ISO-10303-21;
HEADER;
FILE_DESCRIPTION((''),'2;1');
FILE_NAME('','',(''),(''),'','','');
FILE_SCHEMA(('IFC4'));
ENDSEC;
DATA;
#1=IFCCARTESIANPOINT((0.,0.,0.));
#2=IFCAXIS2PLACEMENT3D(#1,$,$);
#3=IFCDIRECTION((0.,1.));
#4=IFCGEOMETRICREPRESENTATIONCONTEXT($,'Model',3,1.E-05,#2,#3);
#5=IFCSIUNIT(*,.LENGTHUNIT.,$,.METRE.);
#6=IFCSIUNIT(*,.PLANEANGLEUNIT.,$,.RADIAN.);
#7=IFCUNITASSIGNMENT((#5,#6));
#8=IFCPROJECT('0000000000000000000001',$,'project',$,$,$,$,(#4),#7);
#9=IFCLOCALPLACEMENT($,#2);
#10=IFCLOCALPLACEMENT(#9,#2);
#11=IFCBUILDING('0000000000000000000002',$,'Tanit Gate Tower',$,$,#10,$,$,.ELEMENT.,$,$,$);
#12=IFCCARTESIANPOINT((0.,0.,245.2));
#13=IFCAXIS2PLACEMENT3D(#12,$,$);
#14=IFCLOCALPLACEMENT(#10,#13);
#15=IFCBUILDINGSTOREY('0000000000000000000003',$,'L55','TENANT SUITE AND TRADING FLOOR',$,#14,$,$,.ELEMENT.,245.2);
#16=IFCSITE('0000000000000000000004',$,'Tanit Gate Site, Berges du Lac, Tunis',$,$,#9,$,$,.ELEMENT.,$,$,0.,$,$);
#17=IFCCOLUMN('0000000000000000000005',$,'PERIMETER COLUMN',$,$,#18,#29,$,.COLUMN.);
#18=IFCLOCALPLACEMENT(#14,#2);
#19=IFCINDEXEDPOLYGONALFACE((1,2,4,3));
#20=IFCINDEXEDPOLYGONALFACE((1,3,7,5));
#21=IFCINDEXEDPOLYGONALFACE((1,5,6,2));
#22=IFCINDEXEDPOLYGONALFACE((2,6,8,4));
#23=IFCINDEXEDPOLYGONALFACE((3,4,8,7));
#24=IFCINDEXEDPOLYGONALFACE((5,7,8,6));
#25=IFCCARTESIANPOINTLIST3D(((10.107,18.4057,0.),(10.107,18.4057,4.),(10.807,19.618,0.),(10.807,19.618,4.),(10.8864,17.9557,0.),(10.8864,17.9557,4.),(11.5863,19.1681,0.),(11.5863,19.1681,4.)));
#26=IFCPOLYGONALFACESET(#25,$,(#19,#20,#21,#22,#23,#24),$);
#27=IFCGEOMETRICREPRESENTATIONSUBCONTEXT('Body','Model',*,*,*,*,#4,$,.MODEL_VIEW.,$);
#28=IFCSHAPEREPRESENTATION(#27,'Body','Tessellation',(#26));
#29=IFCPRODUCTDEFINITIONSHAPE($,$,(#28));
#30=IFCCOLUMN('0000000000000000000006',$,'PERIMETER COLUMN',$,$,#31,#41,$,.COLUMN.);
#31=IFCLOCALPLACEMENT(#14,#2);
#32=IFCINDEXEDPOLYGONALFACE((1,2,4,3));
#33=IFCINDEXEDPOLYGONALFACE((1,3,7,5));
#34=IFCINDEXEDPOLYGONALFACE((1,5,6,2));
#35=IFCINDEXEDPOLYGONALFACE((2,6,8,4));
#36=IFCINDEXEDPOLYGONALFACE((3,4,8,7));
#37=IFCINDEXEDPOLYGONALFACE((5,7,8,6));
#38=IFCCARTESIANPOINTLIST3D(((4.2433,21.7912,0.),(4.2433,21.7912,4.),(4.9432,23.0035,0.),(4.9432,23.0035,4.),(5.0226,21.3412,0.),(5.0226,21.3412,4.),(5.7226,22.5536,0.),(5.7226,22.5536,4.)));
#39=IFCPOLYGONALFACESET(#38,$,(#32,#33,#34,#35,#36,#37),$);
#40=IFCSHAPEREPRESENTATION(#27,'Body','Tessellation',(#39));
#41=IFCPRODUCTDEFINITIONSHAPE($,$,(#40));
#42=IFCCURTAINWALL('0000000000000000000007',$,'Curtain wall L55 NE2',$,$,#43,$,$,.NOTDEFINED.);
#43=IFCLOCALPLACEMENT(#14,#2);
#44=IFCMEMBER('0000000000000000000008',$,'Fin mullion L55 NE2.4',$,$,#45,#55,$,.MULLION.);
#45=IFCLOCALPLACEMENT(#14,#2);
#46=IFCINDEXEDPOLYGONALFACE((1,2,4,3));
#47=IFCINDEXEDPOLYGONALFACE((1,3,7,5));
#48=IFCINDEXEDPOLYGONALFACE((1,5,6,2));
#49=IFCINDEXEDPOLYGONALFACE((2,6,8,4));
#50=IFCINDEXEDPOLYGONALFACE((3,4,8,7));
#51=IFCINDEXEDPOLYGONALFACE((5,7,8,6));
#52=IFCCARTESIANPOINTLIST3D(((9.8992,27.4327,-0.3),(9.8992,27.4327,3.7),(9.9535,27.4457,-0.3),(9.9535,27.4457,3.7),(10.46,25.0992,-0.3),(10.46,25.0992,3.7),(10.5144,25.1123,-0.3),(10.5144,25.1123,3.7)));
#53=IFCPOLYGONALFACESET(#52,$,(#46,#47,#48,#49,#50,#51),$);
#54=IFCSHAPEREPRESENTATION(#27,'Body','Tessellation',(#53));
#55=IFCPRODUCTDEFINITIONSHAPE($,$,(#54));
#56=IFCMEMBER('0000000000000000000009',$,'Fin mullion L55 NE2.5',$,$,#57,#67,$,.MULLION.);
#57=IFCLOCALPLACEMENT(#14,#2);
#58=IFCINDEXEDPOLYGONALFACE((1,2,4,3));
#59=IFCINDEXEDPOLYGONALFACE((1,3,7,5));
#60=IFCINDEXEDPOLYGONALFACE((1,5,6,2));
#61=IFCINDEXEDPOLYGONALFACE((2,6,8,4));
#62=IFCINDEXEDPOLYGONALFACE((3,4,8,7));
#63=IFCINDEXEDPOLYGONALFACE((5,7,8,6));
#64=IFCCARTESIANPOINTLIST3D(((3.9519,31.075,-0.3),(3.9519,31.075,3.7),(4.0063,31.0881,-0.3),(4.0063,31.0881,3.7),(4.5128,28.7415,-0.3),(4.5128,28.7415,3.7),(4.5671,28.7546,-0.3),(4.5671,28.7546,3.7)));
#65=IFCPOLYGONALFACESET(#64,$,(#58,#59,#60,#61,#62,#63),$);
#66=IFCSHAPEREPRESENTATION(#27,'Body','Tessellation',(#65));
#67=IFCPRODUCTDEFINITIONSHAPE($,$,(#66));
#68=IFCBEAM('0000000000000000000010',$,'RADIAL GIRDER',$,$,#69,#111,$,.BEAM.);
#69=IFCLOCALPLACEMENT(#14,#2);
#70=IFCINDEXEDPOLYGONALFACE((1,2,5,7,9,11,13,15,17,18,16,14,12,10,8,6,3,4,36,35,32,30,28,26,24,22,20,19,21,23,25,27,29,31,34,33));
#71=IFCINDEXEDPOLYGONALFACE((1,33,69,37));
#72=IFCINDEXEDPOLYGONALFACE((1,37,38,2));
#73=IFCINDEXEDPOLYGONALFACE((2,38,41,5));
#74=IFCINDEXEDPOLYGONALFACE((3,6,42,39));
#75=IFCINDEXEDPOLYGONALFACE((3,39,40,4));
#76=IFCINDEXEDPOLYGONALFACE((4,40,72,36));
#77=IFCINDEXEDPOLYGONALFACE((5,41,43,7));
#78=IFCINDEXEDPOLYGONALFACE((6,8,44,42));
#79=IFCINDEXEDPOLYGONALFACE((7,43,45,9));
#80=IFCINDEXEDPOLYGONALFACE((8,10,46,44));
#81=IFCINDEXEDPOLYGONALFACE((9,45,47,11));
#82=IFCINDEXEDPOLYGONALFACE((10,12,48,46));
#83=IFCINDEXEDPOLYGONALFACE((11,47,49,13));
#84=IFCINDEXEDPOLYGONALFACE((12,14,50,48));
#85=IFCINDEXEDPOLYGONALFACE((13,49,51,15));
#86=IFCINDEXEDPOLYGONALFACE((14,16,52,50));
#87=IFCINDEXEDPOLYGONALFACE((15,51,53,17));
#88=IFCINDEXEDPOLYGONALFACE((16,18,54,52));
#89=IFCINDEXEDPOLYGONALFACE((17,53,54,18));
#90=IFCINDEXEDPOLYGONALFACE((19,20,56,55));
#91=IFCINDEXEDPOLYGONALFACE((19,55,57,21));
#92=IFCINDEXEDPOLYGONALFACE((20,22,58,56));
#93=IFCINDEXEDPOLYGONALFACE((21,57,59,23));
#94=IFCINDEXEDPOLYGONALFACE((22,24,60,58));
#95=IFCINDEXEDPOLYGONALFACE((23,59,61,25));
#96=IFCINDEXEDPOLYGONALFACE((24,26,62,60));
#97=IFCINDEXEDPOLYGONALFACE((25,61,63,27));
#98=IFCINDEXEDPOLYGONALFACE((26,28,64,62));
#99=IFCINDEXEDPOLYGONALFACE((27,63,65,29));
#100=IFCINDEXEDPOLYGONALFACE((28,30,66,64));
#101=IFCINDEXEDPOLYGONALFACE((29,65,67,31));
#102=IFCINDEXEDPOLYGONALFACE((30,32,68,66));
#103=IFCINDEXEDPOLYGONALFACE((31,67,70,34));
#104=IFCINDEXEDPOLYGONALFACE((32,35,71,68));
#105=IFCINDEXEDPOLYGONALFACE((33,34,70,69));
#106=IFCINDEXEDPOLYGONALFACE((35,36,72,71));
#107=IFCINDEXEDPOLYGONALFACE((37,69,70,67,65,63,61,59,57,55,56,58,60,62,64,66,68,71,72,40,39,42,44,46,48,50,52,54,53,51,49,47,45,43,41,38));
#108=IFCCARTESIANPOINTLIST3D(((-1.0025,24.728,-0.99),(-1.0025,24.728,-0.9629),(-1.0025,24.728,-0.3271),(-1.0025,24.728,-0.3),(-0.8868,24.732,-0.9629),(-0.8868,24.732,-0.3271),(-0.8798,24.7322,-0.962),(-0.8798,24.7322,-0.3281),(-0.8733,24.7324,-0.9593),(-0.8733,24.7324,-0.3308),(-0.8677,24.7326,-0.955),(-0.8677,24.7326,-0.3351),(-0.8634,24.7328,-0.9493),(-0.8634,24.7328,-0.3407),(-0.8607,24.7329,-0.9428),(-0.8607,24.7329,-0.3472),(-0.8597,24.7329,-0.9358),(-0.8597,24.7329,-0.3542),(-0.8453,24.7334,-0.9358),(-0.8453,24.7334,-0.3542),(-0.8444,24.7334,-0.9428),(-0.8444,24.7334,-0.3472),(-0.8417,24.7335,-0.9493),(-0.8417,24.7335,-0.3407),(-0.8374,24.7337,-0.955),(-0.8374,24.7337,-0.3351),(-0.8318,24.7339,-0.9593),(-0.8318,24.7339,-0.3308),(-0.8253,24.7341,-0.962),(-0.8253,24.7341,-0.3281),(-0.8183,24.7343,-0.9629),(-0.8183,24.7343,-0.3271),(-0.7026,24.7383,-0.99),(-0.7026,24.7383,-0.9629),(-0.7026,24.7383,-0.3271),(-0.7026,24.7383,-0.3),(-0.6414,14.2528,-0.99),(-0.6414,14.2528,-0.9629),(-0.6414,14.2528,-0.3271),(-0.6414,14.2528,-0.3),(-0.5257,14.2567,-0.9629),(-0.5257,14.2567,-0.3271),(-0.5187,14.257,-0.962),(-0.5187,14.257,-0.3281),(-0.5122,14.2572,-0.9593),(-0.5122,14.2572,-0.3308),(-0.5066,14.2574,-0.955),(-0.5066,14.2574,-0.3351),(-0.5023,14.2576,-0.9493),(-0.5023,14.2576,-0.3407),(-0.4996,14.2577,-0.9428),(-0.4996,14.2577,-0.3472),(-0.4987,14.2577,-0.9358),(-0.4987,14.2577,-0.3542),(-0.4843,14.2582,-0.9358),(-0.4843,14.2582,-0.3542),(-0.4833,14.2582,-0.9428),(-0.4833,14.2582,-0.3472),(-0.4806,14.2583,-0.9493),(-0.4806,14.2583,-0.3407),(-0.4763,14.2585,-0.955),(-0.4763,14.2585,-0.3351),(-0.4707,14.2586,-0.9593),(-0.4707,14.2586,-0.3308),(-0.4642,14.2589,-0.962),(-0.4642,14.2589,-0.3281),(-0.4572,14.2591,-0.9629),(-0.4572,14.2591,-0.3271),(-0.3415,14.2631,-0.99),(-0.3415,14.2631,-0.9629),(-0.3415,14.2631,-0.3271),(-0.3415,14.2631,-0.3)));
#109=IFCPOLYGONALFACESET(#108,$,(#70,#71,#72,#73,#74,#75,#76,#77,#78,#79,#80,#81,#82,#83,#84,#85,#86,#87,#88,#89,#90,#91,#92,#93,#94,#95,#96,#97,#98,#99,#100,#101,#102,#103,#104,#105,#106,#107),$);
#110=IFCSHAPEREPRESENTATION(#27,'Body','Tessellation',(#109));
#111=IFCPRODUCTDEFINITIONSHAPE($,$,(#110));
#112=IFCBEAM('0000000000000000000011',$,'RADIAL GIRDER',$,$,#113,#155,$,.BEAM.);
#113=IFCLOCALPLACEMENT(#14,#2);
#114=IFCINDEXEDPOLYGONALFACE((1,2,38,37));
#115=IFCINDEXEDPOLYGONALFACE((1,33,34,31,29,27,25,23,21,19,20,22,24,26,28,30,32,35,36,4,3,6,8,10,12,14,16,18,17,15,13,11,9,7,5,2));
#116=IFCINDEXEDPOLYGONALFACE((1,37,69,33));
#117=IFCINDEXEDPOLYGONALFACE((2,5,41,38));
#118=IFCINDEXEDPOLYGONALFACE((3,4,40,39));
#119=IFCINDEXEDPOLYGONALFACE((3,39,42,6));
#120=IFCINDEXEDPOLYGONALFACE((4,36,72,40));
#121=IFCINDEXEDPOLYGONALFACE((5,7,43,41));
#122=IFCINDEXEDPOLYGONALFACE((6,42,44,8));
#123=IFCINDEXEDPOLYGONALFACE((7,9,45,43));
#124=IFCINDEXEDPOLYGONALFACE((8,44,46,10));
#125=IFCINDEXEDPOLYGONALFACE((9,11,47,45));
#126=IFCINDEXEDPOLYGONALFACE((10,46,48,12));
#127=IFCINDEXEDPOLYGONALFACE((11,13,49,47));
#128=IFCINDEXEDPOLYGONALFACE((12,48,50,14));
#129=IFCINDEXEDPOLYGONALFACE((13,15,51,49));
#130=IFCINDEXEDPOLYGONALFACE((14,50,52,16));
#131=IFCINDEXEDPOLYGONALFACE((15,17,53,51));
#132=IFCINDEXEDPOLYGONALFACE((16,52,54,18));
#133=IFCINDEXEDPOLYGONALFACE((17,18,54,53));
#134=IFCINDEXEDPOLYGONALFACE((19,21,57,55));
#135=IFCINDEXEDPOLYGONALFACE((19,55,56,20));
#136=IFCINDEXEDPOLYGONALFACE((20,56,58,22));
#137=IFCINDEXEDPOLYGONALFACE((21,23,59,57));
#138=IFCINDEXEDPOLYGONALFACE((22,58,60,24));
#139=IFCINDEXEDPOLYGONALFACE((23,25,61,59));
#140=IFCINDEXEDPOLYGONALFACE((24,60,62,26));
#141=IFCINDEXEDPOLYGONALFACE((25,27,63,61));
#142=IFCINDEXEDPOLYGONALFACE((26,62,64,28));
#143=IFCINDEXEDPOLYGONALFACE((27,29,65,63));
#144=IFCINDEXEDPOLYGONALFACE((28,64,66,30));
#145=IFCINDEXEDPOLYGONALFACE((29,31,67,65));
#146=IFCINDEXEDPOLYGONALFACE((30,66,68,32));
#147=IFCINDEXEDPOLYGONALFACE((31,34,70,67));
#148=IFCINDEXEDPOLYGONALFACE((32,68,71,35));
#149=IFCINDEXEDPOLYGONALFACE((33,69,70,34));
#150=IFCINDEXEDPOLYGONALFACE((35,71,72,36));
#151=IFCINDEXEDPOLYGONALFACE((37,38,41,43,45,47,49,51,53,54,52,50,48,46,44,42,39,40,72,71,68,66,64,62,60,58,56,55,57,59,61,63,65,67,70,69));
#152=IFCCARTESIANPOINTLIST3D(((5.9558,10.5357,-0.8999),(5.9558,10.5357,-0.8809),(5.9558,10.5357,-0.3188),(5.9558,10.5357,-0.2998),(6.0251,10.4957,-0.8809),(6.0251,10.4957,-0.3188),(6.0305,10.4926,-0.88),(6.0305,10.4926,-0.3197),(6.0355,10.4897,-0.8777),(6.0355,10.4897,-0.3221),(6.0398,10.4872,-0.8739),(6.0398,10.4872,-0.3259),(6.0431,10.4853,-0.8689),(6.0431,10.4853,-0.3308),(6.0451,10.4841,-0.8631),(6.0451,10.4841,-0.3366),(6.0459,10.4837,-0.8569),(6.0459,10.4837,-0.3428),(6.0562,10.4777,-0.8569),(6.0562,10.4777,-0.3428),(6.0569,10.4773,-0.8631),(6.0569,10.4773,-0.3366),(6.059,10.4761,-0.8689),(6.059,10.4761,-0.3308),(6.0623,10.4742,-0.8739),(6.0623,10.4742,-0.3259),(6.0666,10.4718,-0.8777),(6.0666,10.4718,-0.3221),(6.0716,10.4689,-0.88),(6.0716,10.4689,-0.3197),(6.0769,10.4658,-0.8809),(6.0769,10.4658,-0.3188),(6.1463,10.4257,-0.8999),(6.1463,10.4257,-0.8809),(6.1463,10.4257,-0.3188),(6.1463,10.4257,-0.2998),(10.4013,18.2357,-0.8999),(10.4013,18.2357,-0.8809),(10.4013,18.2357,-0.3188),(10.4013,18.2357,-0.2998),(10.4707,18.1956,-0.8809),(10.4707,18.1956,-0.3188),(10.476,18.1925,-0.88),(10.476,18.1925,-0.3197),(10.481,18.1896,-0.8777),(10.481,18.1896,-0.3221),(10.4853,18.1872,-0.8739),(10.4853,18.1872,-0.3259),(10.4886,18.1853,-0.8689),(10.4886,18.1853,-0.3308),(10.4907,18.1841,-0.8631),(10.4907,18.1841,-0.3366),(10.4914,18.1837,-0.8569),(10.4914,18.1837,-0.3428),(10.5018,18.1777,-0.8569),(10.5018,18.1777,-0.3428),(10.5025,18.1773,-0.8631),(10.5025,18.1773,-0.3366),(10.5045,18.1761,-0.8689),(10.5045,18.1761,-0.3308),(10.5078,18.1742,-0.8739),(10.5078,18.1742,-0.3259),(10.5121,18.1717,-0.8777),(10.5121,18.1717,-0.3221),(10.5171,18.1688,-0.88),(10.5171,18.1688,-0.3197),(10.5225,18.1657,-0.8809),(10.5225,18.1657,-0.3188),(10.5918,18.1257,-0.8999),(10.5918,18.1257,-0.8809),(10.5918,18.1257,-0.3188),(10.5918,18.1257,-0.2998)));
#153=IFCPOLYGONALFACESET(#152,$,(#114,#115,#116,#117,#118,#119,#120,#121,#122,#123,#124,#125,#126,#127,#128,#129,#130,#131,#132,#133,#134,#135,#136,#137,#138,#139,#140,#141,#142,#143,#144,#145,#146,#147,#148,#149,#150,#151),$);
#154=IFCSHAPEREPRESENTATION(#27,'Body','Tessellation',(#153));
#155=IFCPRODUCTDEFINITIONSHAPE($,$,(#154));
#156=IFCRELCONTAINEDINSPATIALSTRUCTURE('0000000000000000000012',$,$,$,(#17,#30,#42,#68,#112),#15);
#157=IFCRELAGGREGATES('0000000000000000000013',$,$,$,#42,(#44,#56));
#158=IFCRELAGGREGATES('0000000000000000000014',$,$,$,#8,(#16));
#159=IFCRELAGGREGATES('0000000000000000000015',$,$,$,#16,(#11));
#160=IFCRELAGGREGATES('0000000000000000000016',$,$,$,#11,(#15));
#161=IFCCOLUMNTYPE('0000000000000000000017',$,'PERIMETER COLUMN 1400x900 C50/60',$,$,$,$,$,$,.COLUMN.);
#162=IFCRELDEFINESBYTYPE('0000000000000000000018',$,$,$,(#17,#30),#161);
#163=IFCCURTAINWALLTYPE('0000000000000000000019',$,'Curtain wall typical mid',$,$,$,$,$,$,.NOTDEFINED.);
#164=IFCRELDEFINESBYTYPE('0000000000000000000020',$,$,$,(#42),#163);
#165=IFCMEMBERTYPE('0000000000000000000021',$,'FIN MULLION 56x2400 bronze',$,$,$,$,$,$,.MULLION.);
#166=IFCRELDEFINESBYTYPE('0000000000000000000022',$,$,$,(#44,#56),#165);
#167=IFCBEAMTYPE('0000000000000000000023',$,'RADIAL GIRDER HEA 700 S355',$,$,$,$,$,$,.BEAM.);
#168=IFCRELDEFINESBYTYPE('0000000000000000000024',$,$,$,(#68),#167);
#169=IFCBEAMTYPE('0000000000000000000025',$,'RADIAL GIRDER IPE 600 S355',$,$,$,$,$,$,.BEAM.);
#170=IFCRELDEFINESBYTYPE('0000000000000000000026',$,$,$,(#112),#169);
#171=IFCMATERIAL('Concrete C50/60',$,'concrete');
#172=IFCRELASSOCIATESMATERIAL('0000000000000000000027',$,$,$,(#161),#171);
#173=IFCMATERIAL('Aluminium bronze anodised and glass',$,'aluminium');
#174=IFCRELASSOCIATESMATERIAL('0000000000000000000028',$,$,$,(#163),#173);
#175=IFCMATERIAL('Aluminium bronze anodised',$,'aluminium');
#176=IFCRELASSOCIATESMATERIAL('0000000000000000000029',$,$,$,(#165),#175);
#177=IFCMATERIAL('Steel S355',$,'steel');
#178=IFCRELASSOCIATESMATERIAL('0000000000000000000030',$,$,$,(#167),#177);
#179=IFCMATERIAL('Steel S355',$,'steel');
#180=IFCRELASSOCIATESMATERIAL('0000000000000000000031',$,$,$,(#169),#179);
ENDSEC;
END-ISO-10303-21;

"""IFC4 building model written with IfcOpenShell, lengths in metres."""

from ifc_helpers import new_model, si_unit, direction, frame, origin, origin_2d, place, context, subcontext, project, spatial, rectangle, i_section, extrude, material, material_profile, profile_set, type_object, element, aggregate, save


model = new_model("IFC4")

# Units and contexts
model_context = context("Model", 3, precision=1e-05, world=origin(), true_north=direction((0.0, 1.0)))
body_context = subcontext(model_context, "Body", "Model", "MODEL_VIEW")
ifc_project = project(units=[si_unit("LENGTHUNIT", "METRE"), si_unit("PLANEANGLEUNIT", "RADIAN")], contexts=[model_context])

# Site, building, storey
site_placement = place(None, origin())
site = spatial("IfcSite", under=ifc_project, at=site_placement, Name="Tanit Gate Site, Berges du Lac, Tunis", CompositionType="ELEMENT", RefElevation=0.0)
building_placement = place(site_placement, origin())
building = spatial("IfcBuilding", under=site, at=building_placement, Name="Tanit Gate Tower", CompositionType="ELEMENT")
storey_placement = place(building_placement, frame((0.0, 0.0, 245.2)))
storey = spatial("IfcBuildingStorey", under=building, at=storey_placement, Name="L55", Description="TENANT SUITE AND TRADING FLOOR", CompositionType="ELEMENT", Elevation=245.2)

# Columns
ifc_material_1 = material(Name="Concrete C50/60", Category="concrete")
ifc_material_profile_1 = material_profile(ifc_material_1, rectangle(XDim=1.3999, YDim=0.8999, at=origin_2d()), Name="RC 1400x900")
ifc_profile_set_1 = profile_set([ifc_material_profile_1], Name="Concrete C50/60")
column_type = type_object("IfcColumnType", Name="PERIMETER COLUMN 1400x900 C50/60", PredefinedType="COLUMN", material=ifc_profile_set_1)
for number, where, z_axis, x_axis, name in (
    (1, (10.8467, 18.7869, 0.0), (0.0, 0.0, 1.0), (0.5, 0.866025, 0.0), "PERIMETER COLUMN"),
    (2, (4.9829, 22.1724, 0.0), (0.0, 0.0, 1.0), (0.5, 0.866025, 0.0), "PERIMETER COLUMN"),
):
    element("IfcColumn", number, at=place(storey_placement, frame(where, z_axis=z_axis, x_axis=x_axis)), inside=storey, type_object=column_type, Name=name, PredefinedType="COLUMN", context=body_context, shape_type="SweptSolid", body=[
        extrude(rectangle(XDim=1.3999, YDim=0.8999, at=origin_2d()), origin(), (0.0, 0.0, 1.0), 4.0),
    ])

# Curtain wall, members
ifc_material_2 = material(Name="Aluminium bronze anodised and glass", Category="aluminium")
curtain_wall_type = type_object("IfcCurtainWallType", Name="Curtain wall typical mid", PredefinedType="NOTDEFINED", material=ifc_material_2)
curtain_wall_placement = place(storey_placement, origin())
curtain_wall = element("IfcCurtainWall", 3, at=curtain_wall_placement, inside=storey, type_object=curtain_wall_type, Name="Curtain wall L55 NE2", PredefinedType="NOTDEFINED")
ifc_material_3 = material(Name="Aluminium bronze anodised", Category="aluminium")
ifc_material_profile_2 = material_profile(ifc_material_3, rectangle(XDim=2.3999, YDim=0.0559, at=origin_2d()), Name="56x2400 bronze fin mullion")
ifc_profile_set_2 = profile_set([ifc_material_profile_2], Name="Aluminium bronze anodised")
member_type_1 = type_object("IfcMemberType", Name="FIN MULLION 56x2400 bronze", PredefinedType="MULLION", material=ifc_profile_set_2)
member_1_placement = place(storey_placement, frame((10.2068, 26.2725, -0.3), z_axis=(0.0, 0.0, 1.0), x_axis=(0.233691, -0.972311, 0.0)))
member_1 = element("IfcMember", 4, at=member_1_placement, type_object=member_type_1, Name="Fin mullion L55 NE2.4", PredefinedType="MULLION", context=body_context, shape_type="SweptSolid", body=[
    extrude(rectangle(XDim=2.3999, YDim=0.0559, at=origin_2d()), origin(), (0.0, 0.0, 1.0), 4.0),
])
member_2_placement = place(storey_placement, frame((4.2595, 29.9148, -0.3), z_axis=(0.0, 0.0, 1.0), x_axis=(0.233691, -0.972311, 0.0)))
member_2 = element("IfcMember", 5, at=member_2_placement, type_object=member_type_1, Name="Fin mullion L55 NE2.5", PredefinedType="MULLION", context=body_context, shape_type="SweptSolid", body=[
    extrude(rectangle(XDim=2.3999, YDim=0.0559, at=origin_2d()), origin(), (0.0, 0.0, 1.0), 4.0),
])

# Beams
ifc_material_4 = material(Name="Steel S355", Category="steel")
ifc_material_profile_3 = material_profile(ifc_material_4, i_section(OverallWidth=0.3, OverallDepth=0.6899, WebThickness=0.0144, FlangeThickness=0.0271, FilletRadius=0.0271, at=origin_2d()), Name="HEA 700")
ifc_profile_set_3 = profile_set([ifc_material_profile_3], Name="Steel S355")
beam_type_1 = type_object("IfcBeamType", Name="RADIAL GIRDER HEA 700 S355", PredefinedType="BEAM", material=ifc_profile_set_3)
beam_1_placement = place(storey_placement, frame((-0.8525, 24.7332, -0.645), z_axis=(0.034449, -0.999406, 0.0), x_axis=(0.999406, 0.034449, 0.0)))
element("IfcBeam", 6, at=beam_1_placement, inside=storey, type_object=beam_type_1, Name="RADIAL GIRDER", PredefinedType="BEAM", context=body_context, shape_type="SweptSolid", body=[
    extrude(i_section(OverallWidth=0.3, OverallDepth=0.6899, WebThickness=0.0144, FlangeThickness=0.0271, FilletRadius=0.0271, at=origin_2d()), origin(), (0.0, 0.0, 1.0), 10.4814),
])
ifc_material_5 = material(Name="Steel S355", Category="steel")
ifc_material_profile_4 = material_profile(ifc_material_5, i_section(OverallWidth=0.22, OverallDepth=0.6001, WebThickness=0.012, FlangeThickness=0.019, FilletRadius=0.0239, at=origin_2d()), Name="IPE 600")
ifc_profile_set_4 = profile_set([ifc_material_profile_4], Name="Steel S355")
beam_type_2 = type_object("IfcBeamType", Name="RADIAL GIRDER IPE 600 S355", PredefinedType="BEAM", material=ifc_profile_set_4)
beam_2_placement = place(storey_placement, frame((10.4966, 18.1807, -0.5999), z_axis=(-0.499999, -0.866026, 0.0), x_axis=(0.866026, -0.499999, 0.0)))
element("IfcBeam", 7, at=beam_2_placement, inside=storey, type_object=beam_type_2, Name="RADIAL GIRDER", PredefinedType="BEAM", context=body_context, shape_type="SweptSolid", body=[
    extrude(i_section(OverallWidth=0.22, OverallDepth=0.6001, WebThickness=0.012, FlangeThickness=0.019, FilletRadius=0.0239, at=origin_2d()), origin(), (0.0, 0.0, 1.0), 8.8911),
])

aggregate(curtain_wall, [member_1, member_2])

save(model, "model.ifc")
